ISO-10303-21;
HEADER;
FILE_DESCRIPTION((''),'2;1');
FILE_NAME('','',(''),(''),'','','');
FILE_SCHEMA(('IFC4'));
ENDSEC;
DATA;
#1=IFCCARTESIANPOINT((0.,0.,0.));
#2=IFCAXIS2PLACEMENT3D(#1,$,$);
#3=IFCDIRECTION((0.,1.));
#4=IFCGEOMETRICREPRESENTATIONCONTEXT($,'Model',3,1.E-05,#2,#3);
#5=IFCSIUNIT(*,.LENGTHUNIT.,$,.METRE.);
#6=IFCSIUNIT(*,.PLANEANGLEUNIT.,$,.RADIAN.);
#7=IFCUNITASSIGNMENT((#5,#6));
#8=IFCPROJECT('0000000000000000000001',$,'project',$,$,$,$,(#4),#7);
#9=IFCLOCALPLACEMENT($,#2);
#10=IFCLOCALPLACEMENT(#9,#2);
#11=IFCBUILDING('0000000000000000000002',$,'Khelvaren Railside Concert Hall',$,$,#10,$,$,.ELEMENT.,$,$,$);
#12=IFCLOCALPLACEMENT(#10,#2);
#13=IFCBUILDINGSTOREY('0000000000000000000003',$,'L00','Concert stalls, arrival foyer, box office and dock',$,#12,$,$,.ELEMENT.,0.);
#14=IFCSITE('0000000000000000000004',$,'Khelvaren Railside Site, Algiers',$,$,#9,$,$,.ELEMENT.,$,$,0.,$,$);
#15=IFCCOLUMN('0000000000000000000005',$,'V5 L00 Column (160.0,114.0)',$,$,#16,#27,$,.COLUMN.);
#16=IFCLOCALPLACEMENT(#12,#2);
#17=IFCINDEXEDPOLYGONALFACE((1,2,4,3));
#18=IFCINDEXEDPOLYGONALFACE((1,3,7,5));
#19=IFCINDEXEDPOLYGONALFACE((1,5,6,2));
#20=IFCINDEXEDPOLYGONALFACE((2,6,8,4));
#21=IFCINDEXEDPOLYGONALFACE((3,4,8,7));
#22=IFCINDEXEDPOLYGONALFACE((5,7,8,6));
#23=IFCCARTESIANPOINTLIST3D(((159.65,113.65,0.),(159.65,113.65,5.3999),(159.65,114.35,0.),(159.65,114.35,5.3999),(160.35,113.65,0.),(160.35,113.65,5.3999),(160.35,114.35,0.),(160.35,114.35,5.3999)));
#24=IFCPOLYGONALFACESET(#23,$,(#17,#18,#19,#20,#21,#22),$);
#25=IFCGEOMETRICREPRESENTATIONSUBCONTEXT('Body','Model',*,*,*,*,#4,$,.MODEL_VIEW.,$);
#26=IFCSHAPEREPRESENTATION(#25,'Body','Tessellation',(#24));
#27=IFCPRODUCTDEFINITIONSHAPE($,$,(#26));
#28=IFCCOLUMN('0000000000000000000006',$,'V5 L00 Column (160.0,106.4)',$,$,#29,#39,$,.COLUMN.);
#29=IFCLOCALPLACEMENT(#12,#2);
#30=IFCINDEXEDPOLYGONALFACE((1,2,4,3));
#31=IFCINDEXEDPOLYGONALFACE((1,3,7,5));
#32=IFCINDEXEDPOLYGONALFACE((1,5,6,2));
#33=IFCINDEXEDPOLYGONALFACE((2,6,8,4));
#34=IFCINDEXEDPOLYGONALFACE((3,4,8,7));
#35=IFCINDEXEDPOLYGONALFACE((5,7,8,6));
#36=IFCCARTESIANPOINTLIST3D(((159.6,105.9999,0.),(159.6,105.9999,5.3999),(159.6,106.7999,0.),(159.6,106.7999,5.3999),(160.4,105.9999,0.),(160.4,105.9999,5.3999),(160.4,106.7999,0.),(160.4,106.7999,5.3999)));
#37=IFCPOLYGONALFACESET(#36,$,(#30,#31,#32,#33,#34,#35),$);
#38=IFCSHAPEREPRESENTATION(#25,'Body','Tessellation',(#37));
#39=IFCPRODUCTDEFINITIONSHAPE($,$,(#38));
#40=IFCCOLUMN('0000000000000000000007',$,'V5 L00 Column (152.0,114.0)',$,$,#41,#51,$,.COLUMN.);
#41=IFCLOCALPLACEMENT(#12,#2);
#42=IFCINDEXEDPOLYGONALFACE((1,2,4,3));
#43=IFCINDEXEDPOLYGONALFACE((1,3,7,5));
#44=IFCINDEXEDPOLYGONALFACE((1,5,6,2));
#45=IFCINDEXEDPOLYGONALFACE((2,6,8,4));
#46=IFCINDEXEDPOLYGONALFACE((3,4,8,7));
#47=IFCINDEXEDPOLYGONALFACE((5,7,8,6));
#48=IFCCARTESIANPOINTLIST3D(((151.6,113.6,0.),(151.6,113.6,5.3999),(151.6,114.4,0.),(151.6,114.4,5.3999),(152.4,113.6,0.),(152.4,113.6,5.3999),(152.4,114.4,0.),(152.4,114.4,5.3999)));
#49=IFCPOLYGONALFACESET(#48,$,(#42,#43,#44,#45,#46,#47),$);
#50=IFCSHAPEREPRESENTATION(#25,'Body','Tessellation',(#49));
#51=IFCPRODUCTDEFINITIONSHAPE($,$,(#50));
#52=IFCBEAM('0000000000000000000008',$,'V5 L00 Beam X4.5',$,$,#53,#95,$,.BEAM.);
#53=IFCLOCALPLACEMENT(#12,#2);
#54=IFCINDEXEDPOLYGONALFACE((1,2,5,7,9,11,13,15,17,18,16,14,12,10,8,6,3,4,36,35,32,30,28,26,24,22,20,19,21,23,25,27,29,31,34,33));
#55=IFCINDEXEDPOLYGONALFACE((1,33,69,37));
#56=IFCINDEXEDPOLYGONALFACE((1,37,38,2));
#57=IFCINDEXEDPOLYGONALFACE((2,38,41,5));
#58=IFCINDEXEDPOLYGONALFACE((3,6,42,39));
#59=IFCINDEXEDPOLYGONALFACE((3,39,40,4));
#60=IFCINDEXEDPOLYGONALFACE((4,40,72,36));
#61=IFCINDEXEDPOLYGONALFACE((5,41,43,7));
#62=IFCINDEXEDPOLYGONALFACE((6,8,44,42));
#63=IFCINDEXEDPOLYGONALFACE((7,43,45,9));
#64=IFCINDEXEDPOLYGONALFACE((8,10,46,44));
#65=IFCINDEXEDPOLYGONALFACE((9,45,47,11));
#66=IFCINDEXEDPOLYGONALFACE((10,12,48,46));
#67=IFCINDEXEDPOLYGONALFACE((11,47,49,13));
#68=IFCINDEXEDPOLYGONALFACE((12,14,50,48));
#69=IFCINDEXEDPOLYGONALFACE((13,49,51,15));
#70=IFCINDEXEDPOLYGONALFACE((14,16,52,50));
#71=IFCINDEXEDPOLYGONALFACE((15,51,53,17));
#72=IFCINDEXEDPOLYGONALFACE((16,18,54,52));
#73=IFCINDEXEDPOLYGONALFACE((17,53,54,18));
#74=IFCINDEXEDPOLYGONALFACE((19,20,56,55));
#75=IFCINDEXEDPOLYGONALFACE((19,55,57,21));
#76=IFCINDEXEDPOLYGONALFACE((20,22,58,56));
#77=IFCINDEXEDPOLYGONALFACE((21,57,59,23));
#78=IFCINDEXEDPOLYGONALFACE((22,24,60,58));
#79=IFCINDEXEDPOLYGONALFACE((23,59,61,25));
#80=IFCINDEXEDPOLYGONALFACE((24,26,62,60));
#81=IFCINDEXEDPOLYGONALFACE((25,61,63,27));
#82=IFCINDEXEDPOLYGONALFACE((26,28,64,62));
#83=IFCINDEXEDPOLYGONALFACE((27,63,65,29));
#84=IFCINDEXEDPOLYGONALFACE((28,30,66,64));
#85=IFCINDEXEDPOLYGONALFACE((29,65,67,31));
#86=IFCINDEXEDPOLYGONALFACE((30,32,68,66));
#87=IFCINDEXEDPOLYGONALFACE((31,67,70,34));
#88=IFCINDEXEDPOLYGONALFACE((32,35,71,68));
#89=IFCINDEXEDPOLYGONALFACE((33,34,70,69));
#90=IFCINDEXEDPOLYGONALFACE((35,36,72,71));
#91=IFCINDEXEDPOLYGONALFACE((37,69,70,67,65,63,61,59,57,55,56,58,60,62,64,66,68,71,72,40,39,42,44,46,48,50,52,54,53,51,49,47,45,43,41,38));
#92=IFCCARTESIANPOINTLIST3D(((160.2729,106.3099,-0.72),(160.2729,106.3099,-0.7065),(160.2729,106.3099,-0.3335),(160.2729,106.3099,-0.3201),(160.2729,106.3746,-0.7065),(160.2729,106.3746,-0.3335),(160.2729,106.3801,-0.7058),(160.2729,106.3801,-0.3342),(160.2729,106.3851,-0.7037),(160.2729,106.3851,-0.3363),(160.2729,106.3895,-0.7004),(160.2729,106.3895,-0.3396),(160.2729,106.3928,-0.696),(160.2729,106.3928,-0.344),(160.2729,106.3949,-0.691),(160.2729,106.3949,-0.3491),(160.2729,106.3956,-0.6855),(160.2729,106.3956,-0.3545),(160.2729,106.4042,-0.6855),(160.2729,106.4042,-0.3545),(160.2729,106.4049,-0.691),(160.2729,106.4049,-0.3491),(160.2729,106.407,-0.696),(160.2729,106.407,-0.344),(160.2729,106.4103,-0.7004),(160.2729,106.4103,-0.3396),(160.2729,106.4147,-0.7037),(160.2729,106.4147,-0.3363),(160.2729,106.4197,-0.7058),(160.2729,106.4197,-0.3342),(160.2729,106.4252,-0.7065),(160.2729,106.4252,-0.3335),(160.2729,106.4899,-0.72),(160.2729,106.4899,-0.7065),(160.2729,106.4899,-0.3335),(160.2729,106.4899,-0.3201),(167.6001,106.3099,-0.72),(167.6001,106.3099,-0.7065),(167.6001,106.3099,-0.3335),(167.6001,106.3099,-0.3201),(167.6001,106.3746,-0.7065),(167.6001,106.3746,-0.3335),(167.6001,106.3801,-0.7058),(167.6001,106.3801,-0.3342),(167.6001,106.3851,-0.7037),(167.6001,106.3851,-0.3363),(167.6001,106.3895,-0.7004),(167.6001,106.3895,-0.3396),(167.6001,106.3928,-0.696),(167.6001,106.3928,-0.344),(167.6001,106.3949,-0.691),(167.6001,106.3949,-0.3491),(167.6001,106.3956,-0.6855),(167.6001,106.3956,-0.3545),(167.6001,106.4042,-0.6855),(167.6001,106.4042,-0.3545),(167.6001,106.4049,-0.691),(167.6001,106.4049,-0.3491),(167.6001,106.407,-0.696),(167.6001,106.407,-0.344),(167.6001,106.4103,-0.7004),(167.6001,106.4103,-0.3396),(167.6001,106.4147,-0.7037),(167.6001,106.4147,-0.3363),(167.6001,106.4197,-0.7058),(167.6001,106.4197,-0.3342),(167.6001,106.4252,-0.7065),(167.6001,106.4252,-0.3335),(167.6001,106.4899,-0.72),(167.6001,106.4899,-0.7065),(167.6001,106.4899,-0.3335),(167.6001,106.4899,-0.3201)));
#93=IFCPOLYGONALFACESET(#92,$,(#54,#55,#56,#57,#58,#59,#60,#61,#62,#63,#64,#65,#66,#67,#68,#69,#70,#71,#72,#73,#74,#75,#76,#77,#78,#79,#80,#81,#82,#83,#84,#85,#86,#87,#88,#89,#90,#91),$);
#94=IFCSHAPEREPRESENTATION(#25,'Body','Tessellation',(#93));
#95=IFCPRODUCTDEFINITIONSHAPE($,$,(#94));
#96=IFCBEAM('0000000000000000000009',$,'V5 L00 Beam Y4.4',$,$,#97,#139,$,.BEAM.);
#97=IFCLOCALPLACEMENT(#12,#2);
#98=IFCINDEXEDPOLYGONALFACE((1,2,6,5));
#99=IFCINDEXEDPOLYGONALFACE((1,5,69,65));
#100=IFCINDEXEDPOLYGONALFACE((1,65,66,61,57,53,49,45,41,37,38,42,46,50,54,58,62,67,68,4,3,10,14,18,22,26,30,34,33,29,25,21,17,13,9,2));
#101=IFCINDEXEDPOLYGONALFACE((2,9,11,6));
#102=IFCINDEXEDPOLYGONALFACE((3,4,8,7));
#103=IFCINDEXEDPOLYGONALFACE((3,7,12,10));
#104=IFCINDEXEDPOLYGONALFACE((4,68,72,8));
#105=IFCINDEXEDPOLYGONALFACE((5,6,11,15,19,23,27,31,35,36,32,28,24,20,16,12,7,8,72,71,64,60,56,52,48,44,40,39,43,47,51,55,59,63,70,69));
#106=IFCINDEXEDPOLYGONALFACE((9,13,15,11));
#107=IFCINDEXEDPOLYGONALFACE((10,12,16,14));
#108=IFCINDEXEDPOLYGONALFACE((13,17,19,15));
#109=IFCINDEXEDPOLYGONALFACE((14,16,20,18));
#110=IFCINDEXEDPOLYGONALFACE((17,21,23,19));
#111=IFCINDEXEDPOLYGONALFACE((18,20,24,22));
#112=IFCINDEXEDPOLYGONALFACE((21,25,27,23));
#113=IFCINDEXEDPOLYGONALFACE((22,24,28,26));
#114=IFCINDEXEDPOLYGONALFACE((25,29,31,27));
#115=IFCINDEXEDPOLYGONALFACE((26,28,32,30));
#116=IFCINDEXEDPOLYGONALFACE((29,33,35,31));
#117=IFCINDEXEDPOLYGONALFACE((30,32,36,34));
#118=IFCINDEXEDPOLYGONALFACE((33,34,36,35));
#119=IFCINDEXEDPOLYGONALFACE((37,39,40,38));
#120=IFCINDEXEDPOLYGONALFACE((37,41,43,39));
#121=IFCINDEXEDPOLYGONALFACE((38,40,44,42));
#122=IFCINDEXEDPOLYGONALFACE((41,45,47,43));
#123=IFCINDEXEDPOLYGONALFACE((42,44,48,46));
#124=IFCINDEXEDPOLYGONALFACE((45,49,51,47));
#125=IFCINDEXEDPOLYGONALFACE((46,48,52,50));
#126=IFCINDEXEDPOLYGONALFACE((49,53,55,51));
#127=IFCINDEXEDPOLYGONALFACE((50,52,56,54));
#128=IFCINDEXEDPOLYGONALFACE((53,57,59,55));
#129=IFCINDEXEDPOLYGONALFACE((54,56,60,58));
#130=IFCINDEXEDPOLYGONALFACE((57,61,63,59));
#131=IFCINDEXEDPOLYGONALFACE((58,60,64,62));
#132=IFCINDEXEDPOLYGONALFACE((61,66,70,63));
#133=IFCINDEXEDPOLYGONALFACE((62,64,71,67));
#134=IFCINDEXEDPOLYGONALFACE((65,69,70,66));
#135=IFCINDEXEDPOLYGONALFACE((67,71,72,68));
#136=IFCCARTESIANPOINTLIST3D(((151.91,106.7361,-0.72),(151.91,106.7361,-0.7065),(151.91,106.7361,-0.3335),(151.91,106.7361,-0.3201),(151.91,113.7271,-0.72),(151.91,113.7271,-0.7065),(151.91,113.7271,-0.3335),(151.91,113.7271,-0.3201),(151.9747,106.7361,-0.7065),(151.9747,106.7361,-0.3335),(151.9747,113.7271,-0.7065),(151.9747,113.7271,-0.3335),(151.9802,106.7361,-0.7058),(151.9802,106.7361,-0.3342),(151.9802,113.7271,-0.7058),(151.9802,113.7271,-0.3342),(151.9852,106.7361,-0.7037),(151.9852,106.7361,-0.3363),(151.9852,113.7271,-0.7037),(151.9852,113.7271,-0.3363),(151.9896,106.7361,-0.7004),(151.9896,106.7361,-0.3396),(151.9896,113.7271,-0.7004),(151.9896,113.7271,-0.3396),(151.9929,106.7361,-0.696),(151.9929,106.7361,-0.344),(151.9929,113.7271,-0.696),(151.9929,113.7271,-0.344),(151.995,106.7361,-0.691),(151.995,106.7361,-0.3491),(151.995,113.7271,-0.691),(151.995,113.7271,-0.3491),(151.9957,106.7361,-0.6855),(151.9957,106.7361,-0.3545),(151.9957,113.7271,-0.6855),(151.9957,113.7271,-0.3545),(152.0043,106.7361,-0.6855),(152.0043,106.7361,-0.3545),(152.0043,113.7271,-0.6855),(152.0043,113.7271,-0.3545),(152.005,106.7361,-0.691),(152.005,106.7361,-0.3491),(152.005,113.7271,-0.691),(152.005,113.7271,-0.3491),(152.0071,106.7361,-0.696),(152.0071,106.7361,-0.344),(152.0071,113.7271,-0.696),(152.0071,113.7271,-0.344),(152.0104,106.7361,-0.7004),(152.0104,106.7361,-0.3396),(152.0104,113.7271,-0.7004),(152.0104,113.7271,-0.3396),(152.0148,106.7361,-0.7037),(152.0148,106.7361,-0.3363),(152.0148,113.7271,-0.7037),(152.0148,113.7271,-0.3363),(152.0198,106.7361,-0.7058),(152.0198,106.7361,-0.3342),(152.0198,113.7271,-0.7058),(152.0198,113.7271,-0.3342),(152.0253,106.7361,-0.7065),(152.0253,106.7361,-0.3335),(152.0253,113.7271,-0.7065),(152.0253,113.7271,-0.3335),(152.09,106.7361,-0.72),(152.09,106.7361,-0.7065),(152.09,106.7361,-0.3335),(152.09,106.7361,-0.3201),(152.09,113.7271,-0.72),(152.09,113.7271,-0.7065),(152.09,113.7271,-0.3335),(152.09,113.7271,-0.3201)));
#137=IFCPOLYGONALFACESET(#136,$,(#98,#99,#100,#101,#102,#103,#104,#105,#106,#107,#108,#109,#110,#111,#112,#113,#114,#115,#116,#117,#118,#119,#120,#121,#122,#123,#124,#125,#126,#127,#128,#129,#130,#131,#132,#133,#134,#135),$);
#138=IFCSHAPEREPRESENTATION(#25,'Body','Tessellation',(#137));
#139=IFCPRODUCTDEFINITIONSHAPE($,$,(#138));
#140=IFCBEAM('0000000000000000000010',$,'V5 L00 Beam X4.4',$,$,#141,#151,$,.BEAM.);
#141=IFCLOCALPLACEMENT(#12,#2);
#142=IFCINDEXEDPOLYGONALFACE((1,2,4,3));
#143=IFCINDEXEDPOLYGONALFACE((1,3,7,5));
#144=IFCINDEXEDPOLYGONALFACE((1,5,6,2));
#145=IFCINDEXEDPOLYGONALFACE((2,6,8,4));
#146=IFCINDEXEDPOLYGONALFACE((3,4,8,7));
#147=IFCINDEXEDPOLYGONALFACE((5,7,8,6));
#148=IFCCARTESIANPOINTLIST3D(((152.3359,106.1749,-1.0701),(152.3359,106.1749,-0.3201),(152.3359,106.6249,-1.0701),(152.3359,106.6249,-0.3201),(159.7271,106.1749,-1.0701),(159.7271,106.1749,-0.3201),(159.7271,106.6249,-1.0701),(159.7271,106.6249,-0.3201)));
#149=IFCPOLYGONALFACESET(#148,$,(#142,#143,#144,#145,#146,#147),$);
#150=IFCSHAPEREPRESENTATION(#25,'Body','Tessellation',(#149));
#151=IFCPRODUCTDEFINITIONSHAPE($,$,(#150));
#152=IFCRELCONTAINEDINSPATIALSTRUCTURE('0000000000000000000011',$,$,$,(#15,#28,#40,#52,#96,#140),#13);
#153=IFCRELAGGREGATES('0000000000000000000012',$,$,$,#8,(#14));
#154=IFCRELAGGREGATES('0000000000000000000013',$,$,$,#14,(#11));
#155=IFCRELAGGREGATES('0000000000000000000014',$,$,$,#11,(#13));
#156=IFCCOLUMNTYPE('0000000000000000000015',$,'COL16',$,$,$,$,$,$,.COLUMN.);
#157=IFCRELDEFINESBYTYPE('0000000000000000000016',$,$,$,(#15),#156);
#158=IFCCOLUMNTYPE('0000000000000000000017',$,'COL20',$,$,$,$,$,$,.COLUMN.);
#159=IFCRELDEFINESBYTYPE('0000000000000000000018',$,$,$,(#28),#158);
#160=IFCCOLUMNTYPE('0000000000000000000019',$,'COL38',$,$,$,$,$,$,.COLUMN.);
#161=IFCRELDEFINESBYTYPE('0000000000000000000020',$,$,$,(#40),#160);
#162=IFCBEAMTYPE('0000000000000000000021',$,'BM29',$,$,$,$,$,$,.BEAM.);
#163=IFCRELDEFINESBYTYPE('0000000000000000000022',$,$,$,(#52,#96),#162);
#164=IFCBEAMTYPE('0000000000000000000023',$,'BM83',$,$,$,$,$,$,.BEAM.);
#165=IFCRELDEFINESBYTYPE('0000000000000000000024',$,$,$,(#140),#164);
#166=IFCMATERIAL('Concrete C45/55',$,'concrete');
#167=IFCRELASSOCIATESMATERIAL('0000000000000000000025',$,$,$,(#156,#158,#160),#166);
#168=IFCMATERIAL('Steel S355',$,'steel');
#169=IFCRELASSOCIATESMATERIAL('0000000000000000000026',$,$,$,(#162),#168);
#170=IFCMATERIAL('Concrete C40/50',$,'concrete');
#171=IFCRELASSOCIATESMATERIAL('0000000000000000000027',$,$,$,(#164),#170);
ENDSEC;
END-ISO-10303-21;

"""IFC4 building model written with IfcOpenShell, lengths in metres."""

from ifc_helpers import new_model, si_unit, direction, frame, origin, origin_2d, place, context, subcontext, project, spatial, rectangle, i_section, extrude, material, material_profile, profile_set, type_object, element, save


model = new_model("IFC4")

# Units and contexts
model_context = context("Model", 3, precision=1e-05, world=origin(), true_north=direction((0.0, 1.0)))
body_context = subcontext(model_context, "Body", "Model", "MODEL_VIEW")
ifc_project = project(units=[si_unit("LENGTHUNIT", "METRE"), si_unit("PLANEANGLEUNIT", "RADIAN")], contexts=[model_context])

# Site, building, storey
site_placement = place(None, origin())
site = spatial("IfcSite", under=ifc_project, at=site_placement, Name="Khelvaren Railside Site, Algiers", CompositionType="ELEMENT", RefElevation=0.0)
building_placement = place(site_placement, origin())
building = spatial("IfcBuilding", under=site, at=building_placement, Name="Khelvaren Railside Concert Hall", CompositionType="ELEMENT")
storey_placement = place(building_placement, origin())
storey = spatial("IfcBuildingStorey", under=building, at=storey_placement, Name="L00", Description="Concert stalls, arrival foyer, box office and dock", CompositionType="ELEMENT", Elevation=0.0)

# Columns
ifc_material_1 = material(Name="Concrete C45/55", Category="concrete")
ifc_material_profile_1 = material_profile(ifc_material_1, rectangle(XDim=0.7, YDim=0.7, at=origin_2d()), Name="RC 700x700")
ifc_profile_set_1 = profile_set([ifc_material_profile_1], Name="Concrete C45/55")
column_type_1 = type_object("IfcColumnType", Name="COL16", PredefinedType="COLUMN", material=ifc_profile_set_1)
column_1_placement = place(storey_placement, frame((160.0, 114.0, 0.0), z_axis=(0.0, 0.0, 1.0), x_axis=(1.0, 0.0, 0.0)))
element("IfcColumn", 1, at=column_1_placement, inside=storey, type_object=column_type_1, Name="V5 L00 Column (160.0,114.0)", PredefinedType="COLUMN", context=body_context, shape_type="SweptSolid", body=[
    extrude(rectangle(XDim=0.7, YDim=0.7, at=origin_2d()), origin(), (0.0, 0.0, 1.0), 5.3999),
])
ifc_material_profile_2 = material_profile(ifc_material_1, rectangle(XDim=0.8, YDim=0.8, at=origin_2d()), Name="RC 800x800")
ifc_profile_set_2 = profile_set([ifc_material_profile_2], Name="Concrete C45/55")
column_type_2 = type_object("IfcColumnType", Name="COL20", PredefinedType="COLUMN", material=ifc_profile_set_2)
column_2_placement = place(storey_placement, frame((160.0, 106.3999, 0.0), z_axis=(0.0, 0.0, 1.0), x_axis=(1.0, 0.0, 0.0)))
element("IfcColumn", 2, at=column_2_placement, inside=storey, type_object=column_type_2, Name="V5 L00 Column (160.0,106.4)", PredefinedType="COLUMN", context=body_context, shape_type="SweptSolid", body=[
    extrude(rectangle(XDim=0.8, YDim=0.8, at=origin_2d()), origin(), (0.0, 0.0, 1.0), 5.3999),
])
ifc_material_profile_3 = material_profile(ifc_material_1, rectangle(XDim=0.8, YDim=0.8, at=origin_2d()), Name="RC 800x800")
ifc_profile_set_3 = profile_set([ifc_material_profile_3], Name="Concrete C45/55")
column_type_3 = type_object("IfcColumnType", Name="COL38", PredefinedType="COLUMN", material=ifc_profile_set_3)
column_3_placement = place(storey_placement, frame((152.0, 114.0, 0.0), z_axis=(0.0, 0.0, 1.0), x_axis=(1.0, 0.0, 0.0)))
element("IfcColumn", 3, at=column_3_placement, inside=storey, type_object=column_type_3, Name="V5 L00 Column (152.0,114.0)", PredefinedType="COLUMN", context=body_context, shape_type="SweptSolid", body=[
    extrude(rectangle(XDim=0.8, YDim=0.8, at=origin_2d()), origin(), (0.0, 0.0, 1.0), 5.3999),
])

# Beams
ifc_material_2 = material(Name="Steel S355", Category="steel")
ifc_material_profile_4 = material_profile(ifc_material_2, i_section(OverallWidth=0.1799, OverallDepth=0.3999, WebThickness=0.0085, FlangeThickness=0.0134, FilletRadius=0.021, at=origin_2d()), Name="IPE 400")
ifc_profile_set_4 = profile_set([ifc_material_profile_4], Name="Steel S355")
beam_type_1 = type_object("IfcBeamType", Name="BM29", PredefinedType="BEAM", material=ifc_profile_set_4)
beam_1_placement = place(storey_placement, frame((160.2729, 106.3999, -0.52), z_axis=(1.0, 0.0, 0.0), x_axis=(0.0, 1.0, 0.0)))
element("IfcBeam", 4, at=beam_1_placement, inside=storey, type_object=beam_type_1, Name="V5 L00 Beam X4.5", PredefinedType="BEAM", context=body_context, shape_type="SweptSolid", body=[
    extrude(i_section(OverallWidth=0.1799, OverallDepth=0.3999, WebThickness=0.0085, FlangeThickness=0.0134, FilletRadius=0.021, at=origin_2d()), origin(), (0.0, 0.0, 1.0), 7.3271),
])
beam_2_placement = place(storey_placement, frame((152.0, 106.7361, -0.52), z_axis=(0.0, 1.0, 0.0), x_axis=(-1.0, 0.0, 0.0)))
element("IfcBeam", 5, at=beam_2_placement, inside=storey, type_object=beam_type_1, Name="V5 L00 Beam Y4.4", PredefinedType="BEAM", context=body_context, shape_type="SweptSolid", body=[
    extrude(i_section(OverallWidth=0.1799, OverallDepth=0.3999, WebThickness=0.0085, FlangeThickness=0.0134, FilletRadius=0.021, at=origin_2d()), origin(), (0.0, 0.0, 1.0), 6.991),
])
ifc_material_3 = material(Name="Concrete C40/50", Category="concrete")
ifc_material_profile_5 = material_profile(ifc_material_3, rectangle(XDim=0.45, YDim=0.75, at=origin_2d()), Name="RCB 450x750")
ifc_profile_set_5 = profile_set([ifc_material_profile_5], Name="Concrete C40/50")
beam_type_2 = type_object("IfcBeamType", Name="BM83", PredefinedType="BEAM", material=ifc_profile_set_5)
beam_3_placement = place(storey_placement, frame((152.3359, 106.3999, -0.6951), z_axis=(1.0, 0.0, 0.0), x_axis=(0.0, 1.0, 0.0)))
element("IfcBeam", 6, at=beam_3_placement, inside=storey, type_object=beam_type_2, Name="V5 L00 Beam X4.4", PredefinedType="BEAM", context=body_context, shape_type="SweptSolid", body=[
    extrude(rectangle(XDim=0.45, YDim=0.75, at=origin_2d()), origin(), (0.0, 0.0, 1.0), 7.3911),
])

save(model, "model.ifc")
